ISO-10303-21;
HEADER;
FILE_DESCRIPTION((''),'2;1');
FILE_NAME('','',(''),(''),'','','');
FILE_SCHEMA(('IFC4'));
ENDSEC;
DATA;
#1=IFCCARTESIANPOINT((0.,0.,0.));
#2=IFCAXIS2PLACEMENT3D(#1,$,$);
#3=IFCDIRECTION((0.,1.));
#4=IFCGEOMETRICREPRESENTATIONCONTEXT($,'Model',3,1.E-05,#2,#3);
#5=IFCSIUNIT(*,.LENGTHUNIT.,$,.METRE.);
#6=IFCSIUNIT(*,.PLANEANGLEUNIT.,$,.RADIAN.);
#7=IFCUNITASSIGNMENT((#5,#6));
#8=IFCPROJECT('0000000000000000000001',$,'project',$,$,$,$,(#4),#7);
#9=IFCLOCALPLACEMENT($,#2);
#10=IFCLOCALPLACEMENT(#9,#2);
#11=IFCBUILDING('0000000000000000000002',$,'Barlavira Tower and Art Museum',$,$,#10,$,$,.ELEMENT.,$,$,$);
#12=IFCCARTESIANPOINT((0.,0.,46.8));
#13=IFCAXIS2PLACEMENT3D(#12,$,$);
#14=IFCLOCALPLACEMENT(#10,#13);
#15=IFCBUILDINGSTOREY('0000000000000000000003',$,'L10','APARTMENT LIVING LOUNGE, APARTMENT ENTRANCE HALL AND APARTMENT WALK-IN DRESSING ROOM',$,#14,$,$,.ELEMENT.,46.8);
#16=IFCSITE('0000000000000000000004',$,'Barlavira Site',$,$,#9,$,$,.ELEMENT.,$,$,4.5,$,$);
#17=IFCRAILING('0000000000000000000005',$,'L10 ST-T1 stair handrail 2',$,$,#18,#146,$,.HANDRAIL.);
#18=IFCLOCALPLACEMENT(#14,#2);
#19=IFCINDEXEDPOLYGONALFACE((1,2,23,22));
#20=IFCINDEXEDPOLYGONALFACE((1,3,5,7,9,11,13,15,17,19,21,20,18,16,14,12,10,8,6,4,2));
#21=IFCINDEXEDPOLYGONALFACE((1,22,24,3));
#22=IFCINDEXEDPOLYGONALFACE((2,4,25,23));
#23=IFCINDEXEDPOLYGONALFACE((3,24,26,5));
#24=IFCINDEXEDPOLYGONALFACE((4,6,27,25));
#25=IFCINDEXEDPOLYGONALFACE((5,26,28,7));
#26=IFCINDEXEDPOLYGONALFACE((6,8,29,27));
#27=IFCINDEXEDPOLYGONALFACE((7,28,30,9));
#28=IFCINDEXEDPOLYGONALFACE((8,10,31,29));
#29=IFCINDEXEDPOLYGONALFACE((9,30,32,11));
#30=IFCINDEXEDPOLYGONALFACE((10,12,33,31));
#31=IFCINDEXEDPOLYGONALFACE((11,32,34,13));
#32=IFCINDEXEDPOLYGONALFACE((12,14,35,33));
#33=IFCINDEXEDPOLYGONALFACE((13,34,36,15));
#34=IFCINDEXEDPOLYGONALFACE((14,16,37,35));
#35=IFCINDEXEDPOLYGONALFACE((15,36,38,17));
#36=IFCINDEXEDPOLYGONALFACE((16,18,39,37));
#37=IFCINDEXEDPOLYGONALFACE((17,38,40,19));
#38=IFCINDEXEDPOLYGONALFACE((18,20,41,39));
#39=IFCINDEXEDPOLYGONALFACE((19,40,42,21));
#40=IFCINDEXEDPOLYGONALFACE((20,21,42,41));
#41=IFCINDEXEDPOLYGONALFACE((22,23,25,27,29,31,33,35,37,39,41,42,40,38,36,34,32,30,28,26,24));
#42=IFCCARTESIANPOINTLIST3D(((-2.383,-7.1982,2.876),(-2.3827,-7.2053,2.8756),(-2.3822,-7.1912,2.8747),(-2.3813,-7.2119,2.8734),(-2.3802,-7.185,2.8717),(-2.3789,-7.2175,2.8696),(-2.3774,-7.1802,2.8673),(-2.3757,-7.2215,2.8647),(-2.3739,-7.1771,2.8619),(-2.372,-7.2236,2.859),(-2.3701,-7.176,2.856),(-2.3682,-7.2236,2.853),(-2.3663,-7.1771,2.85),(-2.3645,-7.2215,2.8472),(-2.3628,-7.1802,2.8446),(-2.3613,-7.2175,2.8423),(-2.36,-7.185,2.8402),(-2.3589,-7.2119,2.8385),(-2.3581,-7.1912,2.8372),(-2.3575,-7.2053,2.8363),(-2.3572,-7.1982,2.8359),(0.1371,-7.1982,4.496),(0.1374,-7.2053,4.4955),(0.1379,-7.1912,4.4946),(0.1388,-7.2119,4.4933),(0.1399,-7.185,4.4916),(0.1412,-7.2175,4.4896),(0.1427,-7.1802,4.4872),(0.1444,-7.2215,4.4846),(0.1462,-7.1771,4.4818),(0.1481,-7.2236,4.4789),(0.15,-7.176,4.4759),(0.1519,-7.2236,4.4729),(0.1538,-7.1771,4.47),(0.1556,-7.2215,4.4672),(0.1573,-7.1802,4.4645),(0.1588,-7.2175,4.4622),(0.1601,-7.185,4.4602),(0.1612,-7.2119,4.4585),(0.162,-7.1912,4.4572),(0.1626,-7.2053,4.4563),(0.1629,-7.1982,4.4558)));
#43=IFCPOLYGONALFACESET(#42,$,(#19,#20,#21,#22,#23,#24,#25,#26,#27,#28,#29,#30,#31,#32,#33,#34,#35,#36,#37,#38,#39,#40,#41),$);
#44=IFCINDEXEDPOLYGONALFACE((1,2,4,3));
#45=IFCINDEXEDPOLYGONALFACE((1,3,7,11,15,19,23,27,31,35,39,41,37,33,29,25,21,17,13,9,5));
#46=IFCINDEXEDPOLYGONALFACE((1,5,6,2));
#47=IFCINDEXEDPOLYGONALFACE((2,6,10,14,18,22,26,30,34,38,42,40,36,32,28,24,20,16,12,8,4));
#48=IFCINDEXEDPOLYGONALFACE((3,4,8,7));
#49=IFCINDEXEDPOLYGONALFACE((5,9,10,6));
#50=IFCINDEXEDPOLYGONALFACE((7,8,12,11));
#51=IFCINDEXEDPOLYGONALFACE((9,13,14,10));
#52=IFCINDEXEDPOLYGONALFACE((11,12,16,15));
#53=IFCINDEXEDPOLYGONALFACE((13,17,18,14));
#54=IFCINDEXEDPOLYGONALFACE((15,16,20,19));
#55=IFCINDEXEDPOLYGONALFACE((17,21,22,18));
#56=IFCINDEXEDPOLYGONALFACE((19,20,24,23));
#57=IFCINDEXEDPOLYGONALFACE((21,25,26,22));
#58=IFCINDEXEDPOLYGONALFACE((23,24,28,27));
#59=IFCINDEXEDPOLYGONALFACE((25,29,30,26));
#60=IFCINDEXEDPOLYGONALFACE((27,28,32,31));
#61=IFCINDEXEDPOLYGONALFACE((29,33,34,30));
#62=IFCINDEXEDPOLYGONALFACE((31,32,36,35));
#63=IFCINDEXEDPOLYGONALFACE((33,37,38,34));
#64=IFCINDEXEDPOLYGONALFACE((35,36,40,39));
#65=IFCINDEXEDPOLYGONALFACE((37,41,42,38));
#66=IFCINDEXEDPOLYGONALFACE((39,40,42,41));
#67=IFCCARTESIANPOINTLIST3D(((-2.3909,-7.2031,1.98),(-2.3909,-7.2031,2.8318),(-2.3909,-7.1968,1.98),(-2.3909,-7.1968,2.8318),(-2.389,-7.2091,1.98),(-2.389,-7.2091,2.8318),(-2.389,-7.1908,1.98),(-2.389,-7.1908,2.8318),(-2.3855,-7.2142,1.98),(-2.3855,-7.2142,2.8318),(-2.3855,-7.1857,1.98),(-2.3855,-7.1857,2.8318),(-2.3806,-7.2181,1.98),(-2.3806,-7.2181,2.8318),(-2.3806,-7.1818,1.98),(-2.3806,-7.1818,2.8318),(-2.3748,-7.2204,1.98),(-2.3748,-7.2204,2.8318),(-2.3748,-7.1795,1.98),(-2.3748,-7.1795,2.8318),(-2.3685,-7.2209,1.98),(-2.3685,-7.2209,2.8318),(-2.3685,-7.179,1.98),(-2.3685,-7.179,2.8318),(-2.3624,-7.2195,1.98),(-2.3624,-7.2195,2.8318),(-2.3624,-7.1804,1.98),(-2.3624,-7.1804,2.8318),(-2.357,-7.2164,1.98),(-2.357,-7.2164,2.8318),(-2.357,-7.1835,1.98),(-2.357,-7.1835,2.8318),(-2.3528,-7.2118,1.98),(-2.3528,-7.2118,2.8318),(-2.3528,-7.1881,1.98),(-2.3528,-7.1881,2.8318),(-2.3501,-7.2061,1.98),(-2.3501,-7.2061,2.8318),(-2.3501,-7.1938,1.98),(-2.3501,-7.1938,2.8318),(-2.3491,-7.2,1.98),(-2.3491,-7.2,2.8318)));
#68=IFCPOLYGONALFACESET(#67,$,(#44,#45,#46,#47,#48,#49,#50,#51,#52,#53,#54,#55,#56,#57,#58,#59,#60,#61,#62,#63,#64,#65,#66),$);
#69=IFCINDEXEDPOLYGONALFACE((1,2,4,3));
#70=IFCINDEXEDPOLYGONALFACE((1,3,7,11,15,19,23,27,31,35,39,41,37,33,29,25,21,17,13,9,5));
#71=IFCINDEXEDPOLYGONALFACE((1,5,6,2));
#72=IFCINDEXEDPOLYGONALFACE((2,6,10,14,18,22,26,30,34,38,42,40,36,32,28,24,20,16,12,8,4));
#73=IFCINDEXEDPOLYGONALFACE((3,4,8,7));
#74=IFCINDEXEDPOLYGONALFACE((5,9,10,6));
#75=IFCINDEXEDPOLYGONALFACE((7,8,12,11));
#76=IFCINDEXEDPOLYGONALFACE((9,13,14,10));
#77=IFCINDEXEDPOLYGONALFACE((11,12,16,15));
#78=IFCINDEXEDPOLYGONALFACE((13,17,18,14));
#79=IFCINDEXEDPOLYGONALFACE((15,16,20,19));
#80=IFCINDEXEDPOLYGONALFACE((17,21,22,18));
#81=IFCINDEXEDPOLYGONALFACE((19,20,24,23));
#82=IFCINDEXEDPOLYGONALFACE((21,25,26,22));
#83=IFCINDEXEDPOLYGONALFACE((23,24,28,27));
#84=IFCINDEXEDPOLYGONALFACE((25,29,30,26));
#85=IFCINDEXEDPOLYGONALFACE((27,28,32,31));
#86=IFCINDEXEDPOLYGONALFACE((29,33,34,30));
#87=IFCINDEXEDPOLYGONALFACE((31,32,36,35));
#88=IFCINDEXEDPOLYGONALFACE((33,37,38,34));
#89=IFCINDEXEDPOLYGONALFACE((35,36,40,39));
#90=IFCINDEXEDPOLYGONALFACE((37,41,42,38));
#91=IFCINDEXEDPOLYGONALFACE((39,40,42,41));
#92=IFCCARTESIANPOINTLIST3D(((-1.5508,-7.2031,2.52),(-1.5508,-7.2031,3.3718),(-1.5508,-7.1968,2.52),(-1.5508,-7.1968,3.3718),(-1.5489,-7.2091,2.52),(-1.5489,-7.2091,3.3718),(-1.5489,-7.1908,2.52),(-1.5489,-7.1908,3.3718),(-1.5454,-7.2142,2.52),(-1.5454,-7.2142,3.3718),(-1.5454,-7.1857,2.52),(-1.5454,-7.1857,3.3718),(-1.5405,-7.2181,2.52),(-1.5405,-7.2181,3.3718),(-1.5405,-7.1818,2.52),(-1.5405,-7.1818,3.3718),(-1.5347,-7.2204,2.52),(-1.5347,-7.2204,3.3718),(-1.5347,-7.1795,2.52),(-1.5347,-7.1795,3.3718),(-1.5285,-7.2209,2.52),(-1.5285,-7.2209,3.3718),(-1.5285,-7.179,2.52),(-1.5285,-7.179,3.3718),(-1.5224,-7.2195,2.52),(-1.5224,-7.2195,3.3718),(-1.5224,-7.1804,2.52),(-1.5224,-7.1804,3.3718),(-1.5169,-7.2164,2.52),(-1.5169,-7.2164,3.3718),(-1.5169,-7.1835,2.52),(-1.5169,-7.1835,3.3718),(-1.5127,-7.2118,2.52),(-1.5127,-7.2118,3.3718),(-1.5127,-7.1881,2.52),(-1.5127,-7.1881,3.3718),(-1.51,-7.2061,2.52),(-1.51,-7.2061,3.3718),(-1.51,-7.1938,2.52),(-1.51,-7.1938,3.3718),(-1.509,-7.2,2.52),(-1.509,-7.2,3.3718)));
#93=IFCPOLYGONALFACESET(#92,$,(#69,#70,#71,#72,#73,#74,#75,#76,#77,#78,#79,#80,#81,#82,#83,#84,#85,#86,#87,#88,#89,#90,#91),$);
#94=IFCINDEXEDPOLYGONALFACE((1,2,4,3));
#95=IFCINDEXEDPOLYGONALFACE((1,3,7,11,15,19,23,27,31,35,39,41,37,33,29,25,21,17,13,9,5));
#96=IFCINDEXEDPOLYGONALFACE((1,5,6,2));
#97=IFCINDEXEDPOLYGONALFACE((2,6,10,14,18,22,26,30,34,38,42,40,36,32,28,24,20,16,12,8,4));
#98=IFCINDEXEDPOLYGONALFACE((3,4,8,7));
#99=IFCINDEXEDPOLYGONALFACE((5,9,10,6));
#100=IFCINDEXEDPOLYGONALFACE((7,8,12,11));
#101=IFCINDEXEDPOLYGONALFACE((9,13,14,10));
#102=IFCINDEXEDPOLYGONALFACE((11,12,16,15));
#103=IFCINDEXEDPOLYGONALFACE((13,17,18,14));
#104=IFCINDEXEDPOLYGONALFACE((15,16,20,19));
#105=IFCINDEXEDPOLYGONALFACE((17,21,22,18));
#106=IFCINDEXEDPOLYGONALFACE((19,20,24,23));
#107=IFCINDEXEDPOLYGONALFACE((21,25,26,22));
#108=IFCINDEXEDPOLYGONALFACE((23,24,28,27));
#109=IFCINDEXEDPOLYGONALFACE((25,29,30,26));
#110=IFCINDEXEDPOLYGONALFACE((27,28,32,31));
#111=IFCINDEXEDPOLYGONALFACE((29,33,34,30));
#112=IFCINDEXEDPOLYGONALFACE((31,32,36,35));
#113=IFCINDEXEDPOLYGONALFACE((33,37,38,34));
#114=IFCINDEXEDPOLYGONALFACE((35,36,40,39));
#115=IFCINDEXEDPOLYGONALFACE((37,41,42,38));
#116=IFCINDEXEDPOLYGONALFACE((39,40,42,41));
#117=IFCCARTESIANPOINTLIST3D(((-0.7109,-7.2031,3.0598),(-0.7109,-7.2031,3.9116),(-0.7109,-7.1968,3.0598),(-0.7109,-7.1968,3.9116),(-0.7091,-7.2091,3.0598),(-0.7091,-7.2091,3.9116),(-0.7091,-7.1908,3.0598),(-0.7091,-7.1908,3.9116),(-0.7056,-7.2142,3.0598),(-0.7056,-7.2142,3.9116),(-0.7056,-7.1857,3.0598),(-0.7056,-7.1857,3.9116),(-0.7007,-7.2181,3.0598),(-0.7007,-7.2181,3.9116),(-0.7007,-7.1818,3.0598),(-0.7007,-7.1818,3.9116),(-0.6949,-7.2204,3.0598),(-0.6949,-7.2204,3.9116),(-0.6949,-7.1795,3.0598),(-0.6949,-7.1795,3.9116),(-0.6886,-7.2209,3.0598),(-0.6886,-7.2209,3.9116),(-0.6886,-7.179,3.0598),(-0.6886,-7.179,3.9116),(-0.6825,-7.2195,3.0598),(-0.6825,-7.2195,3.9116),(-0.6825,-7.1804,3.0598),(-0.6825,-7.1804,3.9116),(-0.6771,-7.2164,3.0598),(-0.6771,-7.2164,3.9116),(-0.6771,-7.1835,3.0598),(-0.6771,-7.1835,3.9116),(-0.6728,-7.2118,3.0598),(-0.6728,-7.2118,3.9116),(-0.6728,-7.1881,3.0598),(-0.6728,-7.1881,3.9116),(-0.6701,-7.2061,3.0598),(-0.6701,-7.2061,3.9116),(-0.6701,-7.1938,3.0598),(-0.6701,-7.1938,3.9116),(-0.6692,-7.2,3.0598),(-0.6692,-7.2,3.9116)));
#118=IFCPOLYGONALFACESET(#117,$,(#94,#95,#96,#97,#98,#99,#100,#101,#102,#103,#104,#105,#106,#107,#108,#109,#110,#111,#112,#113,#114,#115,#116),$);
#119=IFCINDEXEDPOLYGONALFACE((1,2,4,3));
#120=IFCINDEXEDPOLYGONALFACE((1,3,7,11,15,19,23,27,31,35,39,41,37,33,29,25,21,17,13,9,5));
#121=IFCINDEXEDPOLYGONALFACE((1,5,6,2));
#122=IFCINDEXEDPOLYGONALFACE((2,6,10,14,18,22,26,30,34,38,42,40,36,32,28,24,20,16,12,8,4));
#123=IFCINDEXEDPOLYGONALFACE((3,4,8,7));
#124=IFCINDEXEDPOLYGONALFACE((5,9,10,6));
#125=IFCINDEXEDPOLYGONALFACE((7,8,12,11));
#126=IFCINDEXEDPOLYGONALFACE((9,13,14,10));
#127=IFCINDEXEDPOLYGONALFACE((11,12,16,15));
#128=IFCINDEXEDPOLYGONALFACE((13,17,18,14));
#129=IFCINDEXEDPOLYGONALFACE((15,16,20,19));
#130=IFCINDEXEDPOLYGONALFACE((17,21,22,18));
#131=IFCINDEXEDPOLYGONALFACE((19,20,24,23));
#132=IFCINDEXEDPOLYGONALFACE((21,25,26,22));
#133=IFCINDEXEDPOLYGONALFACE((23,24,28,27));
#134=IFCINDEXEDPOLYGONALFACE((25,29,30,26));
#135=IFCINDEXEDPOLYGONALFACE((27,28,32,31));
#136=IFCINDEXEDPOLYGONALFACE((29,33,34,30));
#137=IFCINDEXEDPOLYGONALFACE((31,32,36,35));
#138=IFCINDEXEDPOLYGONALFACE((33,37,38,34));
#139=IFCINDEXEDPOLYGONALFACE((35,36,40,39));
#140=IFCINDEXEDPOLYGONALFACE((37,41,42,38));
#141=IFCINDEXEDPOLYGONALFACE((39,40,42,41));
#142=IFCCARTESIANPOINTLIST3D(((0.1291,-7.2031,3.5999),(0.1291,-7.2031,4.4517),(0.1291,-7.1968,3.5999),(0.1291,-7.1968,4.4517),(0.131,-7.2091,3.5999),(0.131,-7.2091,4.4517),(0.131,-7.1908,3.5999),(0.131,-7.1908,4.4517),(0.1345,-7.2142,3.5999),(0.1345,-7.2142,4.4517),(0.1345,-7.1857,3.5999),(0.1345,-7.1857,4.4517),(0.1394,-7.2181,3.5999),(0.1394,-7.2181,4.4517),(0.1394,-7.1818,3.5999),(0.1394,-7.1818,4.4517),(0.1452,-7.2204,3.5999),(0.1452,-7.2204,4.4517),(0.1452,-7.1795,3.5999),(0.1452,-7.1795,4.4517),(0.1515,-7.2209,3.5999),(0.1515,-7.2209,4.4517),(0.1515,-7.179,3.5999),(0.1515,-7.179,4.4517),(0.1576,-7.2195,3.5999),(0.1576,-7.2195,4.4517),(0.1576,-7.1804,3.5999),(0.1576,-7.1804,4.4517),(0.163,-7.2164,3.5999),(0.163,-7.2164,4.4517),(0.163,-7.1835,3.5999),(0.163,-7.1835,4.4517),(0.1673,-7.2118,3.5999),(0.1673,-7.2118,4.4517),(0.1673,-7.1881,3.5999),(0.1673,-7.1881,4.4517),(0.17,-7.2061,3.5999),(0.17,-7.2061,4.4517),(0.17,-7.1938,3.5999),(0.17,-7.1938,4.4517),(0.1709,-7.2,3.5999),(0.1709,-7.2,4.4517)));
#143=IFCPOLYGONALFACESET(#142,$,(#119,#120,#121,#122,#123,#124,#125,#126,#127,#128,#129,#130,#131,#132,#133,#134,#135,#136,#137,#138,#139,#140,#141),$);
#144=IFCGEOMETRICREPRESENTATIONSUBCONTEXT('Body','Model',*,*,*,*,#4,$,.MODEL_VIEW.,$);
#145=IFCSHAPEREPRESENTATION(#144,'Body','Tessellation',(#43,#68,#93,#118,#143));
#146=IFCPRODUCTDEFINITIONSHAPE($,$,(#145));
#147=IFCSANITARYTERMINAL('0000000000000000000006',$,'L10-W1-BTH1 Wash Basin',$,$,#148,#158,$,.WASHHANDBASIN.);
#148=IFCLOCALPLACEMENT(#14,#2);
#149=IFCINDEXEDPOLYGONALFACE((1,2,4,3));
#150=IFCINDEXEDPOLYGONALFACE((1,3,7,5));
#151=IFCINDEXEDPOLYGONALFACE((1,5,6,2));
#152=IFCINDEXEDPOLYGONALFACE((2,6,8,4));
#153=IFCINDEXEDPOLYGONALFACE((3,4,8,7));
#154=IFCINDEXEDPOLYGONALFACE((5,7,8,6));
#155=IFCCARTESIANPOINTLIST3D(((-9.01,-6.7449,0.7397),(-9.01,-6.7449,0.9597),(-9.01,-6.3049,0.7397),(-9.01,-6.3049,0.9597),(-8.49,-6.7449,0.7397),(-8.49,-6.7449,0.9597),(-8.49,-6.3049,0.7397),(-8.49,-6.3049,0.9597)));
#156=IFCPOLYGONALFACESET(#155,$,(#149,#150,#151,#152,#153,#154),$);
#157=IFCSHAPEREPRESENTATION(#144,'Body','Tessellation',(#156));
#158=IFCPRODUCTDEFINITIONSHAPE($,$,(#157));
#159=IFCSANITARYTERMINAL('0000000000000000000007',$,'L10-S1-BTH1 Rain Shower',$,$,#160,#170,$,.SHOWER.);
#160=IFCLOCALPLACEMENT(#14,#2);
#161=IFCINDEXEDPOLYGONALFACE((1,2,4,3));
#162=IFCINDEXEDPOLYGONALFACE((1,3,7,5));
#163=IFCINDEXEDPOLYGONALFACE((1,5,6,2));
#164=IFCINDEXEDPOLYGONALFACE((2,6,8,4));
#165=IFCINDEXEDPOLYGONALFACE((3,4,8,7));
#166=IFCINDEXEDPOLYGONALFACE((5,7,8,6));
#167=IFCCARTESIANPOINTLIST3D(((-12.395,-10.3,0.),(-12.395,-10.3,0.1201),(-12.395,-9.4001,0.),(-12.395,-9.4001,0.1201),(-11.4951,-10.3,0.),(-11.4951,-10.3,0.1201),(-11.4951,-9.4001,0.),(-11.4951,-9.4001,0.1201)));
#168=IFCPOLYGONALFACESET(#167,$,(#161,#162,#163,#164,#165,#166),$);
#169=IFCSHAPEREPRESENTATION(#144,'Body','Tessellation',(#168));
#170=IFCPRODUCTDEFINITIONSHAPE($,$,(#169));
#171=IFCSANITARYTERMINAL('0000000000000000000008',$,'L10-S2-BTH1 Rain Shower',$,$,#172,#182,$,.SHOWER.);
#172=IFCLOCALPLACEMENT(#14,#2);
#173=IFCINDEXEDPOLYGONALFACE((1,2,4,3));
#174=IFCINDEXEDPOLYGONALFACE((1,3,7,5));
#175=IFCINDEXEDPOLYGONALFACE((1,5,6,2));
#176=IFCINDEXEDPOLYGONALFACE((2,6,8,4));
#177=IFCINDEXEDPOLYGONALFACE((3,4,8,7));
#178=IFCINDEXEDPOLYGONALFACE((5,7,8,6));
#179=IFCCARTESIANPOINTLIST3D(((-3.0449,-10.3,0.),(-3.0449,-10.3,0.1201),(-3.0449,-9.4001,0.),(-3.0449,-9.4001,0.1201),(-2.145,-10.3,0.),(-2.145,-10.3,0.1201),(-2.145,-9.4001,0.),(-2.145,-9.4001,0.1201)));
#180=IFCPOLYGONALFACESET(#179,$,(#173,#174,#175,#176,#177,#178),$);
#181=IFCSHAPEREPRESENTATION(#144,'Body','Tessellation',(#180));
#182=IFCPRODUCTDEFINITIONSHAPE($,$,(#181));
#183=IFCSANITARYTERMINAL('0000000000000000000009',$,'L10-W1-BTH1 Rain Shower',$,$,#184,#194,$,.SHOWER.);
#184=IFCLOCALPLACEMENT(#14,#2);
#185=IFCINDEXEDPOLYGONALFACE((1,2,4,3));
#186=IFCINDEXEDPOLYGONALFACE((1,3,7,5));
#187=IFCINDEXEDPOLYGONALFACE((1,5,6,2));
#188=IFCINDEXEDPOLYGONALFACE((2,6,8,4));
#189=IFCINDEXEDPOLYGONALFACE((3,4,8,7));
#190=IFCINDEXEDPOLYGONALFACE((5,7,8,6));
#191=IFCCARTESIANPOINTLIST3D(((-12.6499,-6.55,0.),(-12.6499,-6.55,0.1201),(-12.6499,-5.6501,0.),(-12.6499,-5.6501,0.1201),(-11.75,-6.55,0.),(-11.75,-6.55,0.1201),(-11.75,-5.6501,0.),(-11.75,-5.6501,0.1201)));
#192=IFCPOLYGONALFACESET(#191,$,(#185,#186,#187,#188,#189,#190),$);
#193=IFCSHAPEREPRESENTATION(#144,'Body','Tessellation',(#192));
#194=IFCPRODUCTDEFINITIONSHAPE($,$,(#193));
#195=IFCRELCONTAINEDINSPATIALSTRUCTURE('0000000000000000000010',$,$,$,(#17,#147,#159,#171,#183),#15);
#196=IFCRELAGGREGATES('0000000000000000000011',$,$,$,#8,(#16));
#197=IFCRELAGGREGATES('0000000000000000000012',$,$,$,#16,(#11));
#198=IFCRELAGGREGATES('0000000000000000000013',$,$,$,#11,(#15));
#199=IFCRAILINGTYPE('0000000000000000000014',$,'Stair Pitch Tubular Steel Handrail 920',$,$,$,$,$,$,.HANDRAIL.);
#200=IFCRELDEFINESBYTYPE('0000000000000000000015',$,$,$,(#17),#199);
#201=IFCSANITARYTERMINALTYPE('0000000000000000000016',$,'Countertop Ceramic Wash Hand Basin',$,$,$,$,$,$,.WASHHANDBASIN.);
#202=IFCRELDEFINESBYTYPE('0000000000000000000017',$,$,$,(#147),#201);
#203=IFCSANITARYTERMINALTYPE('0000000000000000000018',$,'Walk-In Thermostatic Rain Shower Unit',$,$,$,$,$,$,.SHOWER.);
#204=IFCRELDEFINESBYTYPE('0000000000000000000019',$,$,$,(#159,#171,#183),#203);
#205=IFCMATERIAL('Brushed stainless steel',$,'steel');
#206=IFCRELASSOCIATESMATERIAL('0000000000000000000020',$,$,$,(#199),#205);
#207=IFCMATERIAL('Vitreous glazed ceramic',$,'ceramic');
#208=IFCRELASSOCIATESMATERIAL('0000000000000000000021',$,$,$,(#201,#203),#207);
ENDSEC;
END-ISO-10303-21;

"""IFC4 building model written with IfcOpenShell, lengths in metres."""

from ifc_helpers import new_model, si_unit, direction, frame, origin, origin_2d, place, context, subcontext, project, spatial, rectangle, circle, extrude, material, type_object, element, save


model = new_model("IFC4")

# Units and contexts
model_context = context("Model", 3, precision=1e-05, world=origin(), true_north=direction((0.0, 1.0)))
body_context = subcontext(model_context, "Body", "Model", "MODEL_VIEW")
ifc_project = project(units=[si_unit("LENGTHUNIT", "METRE"), si_unit("PLANEANGLEUNIT", "RADIAN")], contexts=[model_context])

# Site, building, storey
site_placement = place(None, origin())
site = spatial("IfcSite", under=ifc_project, at=site_placement, Name="Barlavira Site", CompositionType="ELEMENT", RefElevation=4.5)
building_placement = place(site_placement, origin())
building = spatial("IfcBuilding", under=site, at=building_placement, Name="Barlavira Tower and Art Museum", CompositionType="ELEMENT")
storey_placement = place(building_placement, frame((0.0, 0.0, 46.8)))
storey = spatial("IfcBuildingStorey", under=building, at=storey_placement, Name="L10", Description="APARTMENT LIVING LOUNGE, APARTMENT ENTRANCE HALL AND APARTMENT WALK-IN DRESSING ROOM", CompositionType="ELEMENT", Elevation=46.8)

# Shared definitions
ifc_material_1 = material(Name="Brushed stainless steel", Category="steel")

# Railing
railing_type_1 = type_object("IfcRailingType", Name="Stair Pitch Tubular Steel Handrail 920", PredefinedType="HANDRAIL", material=ifc_material_1)
railing_1_placement = place(storey_placement, frame((-2.3701, -7.2, 1.98)))
element("IfcRailing", 1, at=railing_1_placement, inside=storey, type_object=railing_type_1, Name="L10 ST-T1 stair handrail 2", PredefinedType="HANDRAIL", context=body_context, shape_type="SweptSolid", body=[
    extrude(circle(Radius=0.0239, at=origin_2d()), frame((0.0, 0.0, 0.876), z_axis=(0.8412, 0.0, 0.540725), x_axis=(0.0, 1.0, 0.0)), (0.0, 0.0, 1.0), 2.9958),
    extrude(circle(Radius=0.021, at=origin_2d()), origin(), (0.0, 0.0, 1.0), 0.8518),
    extrude(circle(Radius=0.021, at=origin_2d()), frame((0.8401, 0.0, 0.54)), (0.0, 0.0, 1.0), 0.8518),
    extrude(circle(Radius=0.021, at=origin_2d()), frame((1.6799, 0.0, 1.0798)), (0.0, 0.0, 1.0), 0.8518),
    extrude(circle(Radius=0.021, at=origin_2d()), frame((2.52, 0.0, 1.6199)), (0.0, 0.0, 1.0), 0.8518),
])

# Sanitary terminals
ifc_material_2 = material(Name="Vitreous glazed ceramic", Category="ceramic")
sanitary_terminal_type_1 = type_object("IfcSanitaryTerminalType", Name="Countertop Ceramic Wash Hand Basin", PredefinedType="WASHHANDBASIN", material=ifc_material_2)
sanitary_terminal_placement = place(storey_placement, frame((-8.75, -6.5249, 0.7397), z_axis=(0.0, 0.0, 1.0), x_axis=(1.0, 0.0, 0.0)))
element("IfcSanitaryTerminal", 2, at=sanitary_terminal_placement, inside=storey, type_object=sanitary_terminal_type_1, Name="L10-W1-BTH1 Wash Basin", PredefinedType="WASHHANDBASIN", context=body_context, shape_type="SweptSolid", body=[
    extrude(rectangle(XDim=0.52, YDim=0.4399, at=origin_2d()), origin(), (0.0, 0.0, 1.0), 0.22),
])
sanitary_terminal_type_2 = type_object("IfcSanitaryTerminalType", Name="Walk-In Thermostatic Rain Shower Unit", PredefinedType="SHOWER", material=ifc_material_2)
for number, where, z_axis, x_axis, name in (
    (3, (-11.9451, -9.8501, 0.0), (0.0, 0.0, 1.0), (1.0, 0.0, 0.0), "L10-S1-BTH1 Rain Shower"),
    (4, (-2.595, -9.8501, 0.0), (0.0, 0.0, 1.0), (1.0, 0.0, 0.0), "L10-S2-BTH1 Rain Shower"),
    (5, (-12.2, -6.1001, 0.0), (0.0, 0.0, 1.0), (1.0, 0.0, 0.0), "L10-W1-BTH1 Rain Shower"),
):
    element("IfcSanitaryTerminal", number, at=place(storey_placement, frame(where, z_axis=z_axis, x_axis=x_axis)), inside=storey, type_object=sanitary_terminal_type_2, Name=name, PredefinedType="SHOWER", context=body_context, shape_type="SweptSolid", body=[
        extrude(rectangle(XDim=0.8999, YDim=0.8999, at=origin_2d()), origin(), (0.0, 0.0, 1.0), 0.1201),
    ])

save(model, "model.ifc")
